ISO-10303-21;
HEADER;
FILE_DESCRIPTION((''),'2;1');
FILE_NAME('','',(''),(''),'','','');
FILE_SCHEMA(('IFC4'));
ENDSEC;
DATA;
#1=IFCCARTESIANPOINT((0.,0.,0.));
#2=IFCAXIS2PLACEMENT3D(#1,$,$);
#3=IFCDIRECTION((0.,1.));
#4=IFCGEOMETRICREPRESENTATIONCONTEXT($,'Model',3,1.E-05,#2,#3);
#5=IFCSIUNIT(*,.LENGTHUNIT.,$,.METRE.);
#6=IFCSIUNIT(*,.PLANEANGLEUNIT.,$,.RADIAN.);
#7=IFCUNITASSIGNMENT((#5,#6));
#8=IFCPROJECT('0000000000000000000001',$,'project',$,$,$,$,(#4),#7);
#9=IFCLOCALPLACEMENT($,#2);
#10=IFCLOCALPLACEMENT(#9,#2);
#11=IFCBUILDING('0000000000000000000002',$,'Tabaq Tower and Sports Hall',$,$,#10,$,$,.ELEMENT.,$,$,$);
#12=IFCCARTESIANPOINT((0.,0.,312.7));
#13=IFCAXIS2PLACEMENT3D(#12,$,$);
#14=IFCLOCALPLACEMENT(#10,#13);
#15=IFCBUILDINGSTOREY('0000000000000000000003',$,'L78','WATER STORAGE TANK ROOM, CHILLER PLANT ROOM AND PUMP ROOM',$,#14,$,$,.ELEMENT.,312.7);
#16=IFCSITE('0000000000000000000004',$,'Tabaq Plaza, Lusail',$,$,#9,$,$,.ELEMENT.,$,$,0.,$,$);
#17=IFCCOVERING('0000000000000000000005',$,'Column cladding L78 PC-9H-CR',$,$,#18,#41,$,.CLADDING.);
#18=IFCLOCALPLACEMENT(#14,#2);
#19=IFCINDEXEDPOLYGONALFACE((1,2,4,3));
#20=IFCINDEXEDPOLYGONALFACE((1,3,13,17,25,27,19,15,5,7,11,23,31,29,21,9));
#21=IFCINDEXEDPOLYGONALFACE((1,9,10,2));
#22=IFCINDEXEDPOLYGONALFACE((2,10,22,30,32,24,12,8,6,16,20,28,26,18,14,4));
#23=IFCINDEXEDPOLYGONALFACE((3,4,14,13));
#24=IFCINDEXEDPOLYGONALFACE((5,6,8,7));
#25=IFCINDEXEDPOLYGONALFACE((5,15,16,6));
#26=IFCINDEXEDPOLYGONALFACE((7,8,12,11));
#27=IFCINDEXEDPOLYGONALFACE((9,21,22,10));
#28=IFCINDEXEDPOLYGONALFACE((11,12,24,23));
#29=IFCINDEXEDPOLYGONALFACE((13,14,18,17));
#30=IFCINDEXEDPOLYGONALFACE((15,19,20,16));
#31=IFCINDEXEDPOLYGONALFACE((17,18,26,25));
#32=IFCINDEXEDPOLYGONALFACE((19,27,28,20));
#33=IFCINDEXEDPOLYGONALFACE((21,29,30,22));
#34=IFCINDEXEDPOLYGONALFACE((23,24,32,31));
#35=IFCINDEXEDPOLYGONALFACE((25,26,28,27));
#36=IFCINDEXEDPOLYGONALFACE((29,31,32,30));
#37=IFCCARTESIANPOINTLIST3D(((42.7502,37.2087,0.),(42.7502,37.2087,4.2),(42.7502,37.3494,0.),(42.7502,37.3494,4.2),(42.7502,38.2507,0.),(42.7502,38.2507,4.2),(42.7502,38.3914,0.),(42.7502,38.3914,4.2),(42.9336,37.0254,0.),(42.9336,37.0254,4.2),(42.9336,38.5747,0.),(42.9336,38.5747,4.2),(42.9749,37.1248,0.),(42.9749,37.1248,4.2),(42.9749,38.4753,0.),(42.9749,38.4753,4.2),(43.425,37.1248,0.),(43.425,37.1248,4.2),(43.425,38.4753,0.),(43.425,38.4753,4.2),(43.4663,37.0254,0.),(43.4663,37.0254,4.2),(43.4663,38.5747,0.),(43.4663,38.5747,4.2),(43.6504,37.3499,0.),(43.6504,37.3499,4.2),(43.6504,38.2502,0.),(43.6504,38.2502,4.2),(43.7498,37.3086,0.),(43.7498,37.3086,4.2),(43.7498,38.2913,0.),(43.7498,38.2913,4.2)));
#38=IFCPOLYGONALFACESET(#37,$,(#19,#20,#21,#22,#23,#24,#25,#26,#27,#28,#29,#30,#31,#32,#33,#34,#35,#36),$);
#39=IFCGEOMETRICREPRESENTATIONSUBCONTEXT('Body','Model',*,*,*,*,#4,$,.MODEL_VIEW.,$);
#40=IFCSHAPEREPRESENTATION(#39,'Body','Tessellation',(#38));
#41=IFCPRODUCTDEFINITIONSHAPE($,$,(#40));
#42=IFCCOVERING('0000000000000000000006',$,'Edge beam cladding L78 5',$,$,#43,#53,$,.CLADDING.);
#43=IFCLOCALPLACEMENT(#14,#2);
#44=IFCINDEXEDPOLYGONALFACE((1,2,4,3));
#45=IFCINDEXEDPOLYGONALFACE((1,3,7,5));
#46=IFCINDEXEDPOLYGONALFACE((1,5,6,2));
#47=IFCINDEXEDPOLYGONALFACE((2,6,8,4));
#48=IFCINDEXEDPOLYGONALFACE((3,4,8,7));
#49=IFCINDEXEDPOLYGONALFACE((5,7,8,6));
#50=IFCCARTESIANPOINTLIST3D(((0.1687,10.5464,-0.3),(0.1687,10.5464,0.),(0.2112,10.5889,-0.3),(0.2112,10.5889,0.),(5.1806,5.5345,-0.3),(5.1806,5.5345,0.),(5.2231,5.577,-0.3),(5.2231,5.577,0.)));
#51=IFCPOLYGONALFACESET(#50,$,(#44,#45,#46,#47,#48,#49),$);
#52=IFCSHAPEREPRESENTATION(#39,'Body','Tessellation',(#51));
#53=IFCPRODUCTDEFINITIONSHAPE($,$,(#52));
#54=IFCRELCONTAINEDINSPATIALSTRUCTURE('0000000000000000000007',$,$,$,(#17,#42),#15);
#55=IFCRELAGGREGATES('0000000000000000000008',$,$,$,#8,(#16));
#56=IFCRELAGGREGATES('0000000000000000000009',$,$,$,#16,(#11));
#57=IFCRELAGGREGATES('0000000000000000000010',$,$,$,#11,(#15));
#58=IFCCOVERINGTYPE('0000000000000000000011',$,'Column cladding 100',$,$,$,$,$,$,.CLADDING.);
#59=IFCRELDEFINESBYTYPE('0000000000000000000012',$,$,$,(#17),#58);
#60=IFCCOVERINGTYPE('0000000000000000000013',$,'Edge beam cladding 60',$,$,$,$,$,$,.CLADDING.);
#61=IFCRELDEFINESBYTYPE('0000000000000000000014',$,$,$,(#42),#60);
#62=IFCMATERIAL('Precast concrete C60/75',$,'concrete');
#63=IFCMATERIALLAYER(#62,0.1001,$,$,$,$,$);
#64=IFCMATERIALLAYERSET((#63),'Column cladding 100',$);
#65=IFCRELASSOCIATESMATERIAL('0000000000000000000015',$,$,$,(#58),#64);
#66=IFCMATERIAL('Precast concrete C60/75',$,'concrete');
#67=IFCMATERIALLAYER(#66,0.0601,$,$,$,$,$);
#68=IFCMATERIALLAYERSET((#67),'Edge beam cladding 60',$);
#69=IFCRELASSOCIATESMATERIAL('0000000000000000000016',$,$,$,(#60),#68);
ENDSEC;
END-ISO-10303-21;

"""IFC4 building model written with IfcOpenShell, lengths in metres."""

from ifc_helpers import new_model, si_unit, direction, frame, frame_2d, origin, place, context, subcontext, project, spatial, polyline, rectangle, outline, extrude, material, layer, layer_set, type_object, element, save


model = new_model("IFC4")

# Units and contexts
model_context = context("Model", 3, precision=1e-05, world=origin(), true_north=direction((0.0, 1.0)))
body_context = subcontext(model_context, "Body", "Model", "MODEL_VIEW")
ifc_project = project(units=[si_unit("LENGTHUNIT", "METRE"), si_unit("PLANEANGLEUNIT", "RADIAN")], contexts=[model_context])

# Site, building, storey
site_placement = place(None, origin())
site = spatial("IfcSite", under=ifc_project, at=site_placement, Name="Tabaq Plaza, Lusail", CompositionType="ELEMENT", RefElevation=0.0)
building_placement = place(site_placement, origin())
building = spatial("IfcBuilding", under=site, at=building_placement, Name="Tabaq Tower and Sports Hall", CompositionType="ELEMENT")
storey_placement = place(building_placement, frame((0.0, 0.0, 312.7)))
storey = spatial("IfcBuildingStorey", under=building, at=storey_placement, Name="L78", Description="WATER STORAGE TANK ROOM, CHILLER PLANT ROOM AND PUMP ROOM", CompositionType="ELEMENT", Elevation=312.7)

# Coverings
ifc_material_1 = material(Name="Precast concrete C60/75", Category="concrete")
ifc_layer_1 = layer(ifc_material_1, 0.1001)
ifc_layer_set_1 = layer_set([ifc_layer_1], Name="Column cladding 100")
covering_type_1 = type_object("IfcCoveringType", Name="Column cladding 100", PredefinedType="CLADDING", material=ifc_layer_set_1)
covering_1_placement = place(storey_placement, origin())
element("IfcCovering", 1, at=covering_1_placement, inside=storey, type_object=covering_type_1, Name="Column cladding L78 PC-9H-CR", PredefinedType="CLADDING", context=body_context, shape_type="SweptSolid", body=[
    extrude(outline(polyline([(42.9336, 37.0254), (42.7502, 37.2087), (42.7502, 37.3494), (42.9749, 37.1248), (43.425, 37.1248), (43.6504, 37.3499), (43.6504, 38.2502), (43.425, 38.4753), (42.9749, 38.4753), (42.7502, 38.2507), (42.7502, 38.3914), (42.9336, 38.5747), (43.4663, 38.5747), (43.7498, 38.2913), (43.7498, 37.3086), (43.4663, 37.0254), (42.9336, 37.0254)])), origin(), (0.0, 0.0, 1.0), 4.2),
])
ifc_material_2 = material(Name="Precast concrete C60/75", Category="concrete")
ifc_layer_2 = layer(ifc_material_2, 0.0601)
ifc_layer_set_2 = layer_set([ifc_layer_2], Name="Edge beam cladding 60")
covering_type_2 = type_object("IfcCoveringType", Name="Edge beam cladding 60", PredefinedType="CLADDING", material=ifc_layer_set_2)
covering_2_placement = place(storey_placement, frame((0.1899, 10.5676, -0.3), z_axis=(0.0, 0.0, 1.0), x_axis=(0.707107, -0.707107, 0.0)))
element("IfcCovering", 2, at=covering_2_placement, inside=storey, type_object=covering_type_2, Name="Edge beam cladding L78 5", PredefinedType="CLADDING", context=body_context, shape_type="SweptSolid", body=[
    extrude(rectangle(XDim=7.0879, YDim=0.0601, at=frame_2d((3.5439, 0.0))), origin(), (0.0, 0.0, 1.0), 0.3),
])

save(model, "model.ifc")
